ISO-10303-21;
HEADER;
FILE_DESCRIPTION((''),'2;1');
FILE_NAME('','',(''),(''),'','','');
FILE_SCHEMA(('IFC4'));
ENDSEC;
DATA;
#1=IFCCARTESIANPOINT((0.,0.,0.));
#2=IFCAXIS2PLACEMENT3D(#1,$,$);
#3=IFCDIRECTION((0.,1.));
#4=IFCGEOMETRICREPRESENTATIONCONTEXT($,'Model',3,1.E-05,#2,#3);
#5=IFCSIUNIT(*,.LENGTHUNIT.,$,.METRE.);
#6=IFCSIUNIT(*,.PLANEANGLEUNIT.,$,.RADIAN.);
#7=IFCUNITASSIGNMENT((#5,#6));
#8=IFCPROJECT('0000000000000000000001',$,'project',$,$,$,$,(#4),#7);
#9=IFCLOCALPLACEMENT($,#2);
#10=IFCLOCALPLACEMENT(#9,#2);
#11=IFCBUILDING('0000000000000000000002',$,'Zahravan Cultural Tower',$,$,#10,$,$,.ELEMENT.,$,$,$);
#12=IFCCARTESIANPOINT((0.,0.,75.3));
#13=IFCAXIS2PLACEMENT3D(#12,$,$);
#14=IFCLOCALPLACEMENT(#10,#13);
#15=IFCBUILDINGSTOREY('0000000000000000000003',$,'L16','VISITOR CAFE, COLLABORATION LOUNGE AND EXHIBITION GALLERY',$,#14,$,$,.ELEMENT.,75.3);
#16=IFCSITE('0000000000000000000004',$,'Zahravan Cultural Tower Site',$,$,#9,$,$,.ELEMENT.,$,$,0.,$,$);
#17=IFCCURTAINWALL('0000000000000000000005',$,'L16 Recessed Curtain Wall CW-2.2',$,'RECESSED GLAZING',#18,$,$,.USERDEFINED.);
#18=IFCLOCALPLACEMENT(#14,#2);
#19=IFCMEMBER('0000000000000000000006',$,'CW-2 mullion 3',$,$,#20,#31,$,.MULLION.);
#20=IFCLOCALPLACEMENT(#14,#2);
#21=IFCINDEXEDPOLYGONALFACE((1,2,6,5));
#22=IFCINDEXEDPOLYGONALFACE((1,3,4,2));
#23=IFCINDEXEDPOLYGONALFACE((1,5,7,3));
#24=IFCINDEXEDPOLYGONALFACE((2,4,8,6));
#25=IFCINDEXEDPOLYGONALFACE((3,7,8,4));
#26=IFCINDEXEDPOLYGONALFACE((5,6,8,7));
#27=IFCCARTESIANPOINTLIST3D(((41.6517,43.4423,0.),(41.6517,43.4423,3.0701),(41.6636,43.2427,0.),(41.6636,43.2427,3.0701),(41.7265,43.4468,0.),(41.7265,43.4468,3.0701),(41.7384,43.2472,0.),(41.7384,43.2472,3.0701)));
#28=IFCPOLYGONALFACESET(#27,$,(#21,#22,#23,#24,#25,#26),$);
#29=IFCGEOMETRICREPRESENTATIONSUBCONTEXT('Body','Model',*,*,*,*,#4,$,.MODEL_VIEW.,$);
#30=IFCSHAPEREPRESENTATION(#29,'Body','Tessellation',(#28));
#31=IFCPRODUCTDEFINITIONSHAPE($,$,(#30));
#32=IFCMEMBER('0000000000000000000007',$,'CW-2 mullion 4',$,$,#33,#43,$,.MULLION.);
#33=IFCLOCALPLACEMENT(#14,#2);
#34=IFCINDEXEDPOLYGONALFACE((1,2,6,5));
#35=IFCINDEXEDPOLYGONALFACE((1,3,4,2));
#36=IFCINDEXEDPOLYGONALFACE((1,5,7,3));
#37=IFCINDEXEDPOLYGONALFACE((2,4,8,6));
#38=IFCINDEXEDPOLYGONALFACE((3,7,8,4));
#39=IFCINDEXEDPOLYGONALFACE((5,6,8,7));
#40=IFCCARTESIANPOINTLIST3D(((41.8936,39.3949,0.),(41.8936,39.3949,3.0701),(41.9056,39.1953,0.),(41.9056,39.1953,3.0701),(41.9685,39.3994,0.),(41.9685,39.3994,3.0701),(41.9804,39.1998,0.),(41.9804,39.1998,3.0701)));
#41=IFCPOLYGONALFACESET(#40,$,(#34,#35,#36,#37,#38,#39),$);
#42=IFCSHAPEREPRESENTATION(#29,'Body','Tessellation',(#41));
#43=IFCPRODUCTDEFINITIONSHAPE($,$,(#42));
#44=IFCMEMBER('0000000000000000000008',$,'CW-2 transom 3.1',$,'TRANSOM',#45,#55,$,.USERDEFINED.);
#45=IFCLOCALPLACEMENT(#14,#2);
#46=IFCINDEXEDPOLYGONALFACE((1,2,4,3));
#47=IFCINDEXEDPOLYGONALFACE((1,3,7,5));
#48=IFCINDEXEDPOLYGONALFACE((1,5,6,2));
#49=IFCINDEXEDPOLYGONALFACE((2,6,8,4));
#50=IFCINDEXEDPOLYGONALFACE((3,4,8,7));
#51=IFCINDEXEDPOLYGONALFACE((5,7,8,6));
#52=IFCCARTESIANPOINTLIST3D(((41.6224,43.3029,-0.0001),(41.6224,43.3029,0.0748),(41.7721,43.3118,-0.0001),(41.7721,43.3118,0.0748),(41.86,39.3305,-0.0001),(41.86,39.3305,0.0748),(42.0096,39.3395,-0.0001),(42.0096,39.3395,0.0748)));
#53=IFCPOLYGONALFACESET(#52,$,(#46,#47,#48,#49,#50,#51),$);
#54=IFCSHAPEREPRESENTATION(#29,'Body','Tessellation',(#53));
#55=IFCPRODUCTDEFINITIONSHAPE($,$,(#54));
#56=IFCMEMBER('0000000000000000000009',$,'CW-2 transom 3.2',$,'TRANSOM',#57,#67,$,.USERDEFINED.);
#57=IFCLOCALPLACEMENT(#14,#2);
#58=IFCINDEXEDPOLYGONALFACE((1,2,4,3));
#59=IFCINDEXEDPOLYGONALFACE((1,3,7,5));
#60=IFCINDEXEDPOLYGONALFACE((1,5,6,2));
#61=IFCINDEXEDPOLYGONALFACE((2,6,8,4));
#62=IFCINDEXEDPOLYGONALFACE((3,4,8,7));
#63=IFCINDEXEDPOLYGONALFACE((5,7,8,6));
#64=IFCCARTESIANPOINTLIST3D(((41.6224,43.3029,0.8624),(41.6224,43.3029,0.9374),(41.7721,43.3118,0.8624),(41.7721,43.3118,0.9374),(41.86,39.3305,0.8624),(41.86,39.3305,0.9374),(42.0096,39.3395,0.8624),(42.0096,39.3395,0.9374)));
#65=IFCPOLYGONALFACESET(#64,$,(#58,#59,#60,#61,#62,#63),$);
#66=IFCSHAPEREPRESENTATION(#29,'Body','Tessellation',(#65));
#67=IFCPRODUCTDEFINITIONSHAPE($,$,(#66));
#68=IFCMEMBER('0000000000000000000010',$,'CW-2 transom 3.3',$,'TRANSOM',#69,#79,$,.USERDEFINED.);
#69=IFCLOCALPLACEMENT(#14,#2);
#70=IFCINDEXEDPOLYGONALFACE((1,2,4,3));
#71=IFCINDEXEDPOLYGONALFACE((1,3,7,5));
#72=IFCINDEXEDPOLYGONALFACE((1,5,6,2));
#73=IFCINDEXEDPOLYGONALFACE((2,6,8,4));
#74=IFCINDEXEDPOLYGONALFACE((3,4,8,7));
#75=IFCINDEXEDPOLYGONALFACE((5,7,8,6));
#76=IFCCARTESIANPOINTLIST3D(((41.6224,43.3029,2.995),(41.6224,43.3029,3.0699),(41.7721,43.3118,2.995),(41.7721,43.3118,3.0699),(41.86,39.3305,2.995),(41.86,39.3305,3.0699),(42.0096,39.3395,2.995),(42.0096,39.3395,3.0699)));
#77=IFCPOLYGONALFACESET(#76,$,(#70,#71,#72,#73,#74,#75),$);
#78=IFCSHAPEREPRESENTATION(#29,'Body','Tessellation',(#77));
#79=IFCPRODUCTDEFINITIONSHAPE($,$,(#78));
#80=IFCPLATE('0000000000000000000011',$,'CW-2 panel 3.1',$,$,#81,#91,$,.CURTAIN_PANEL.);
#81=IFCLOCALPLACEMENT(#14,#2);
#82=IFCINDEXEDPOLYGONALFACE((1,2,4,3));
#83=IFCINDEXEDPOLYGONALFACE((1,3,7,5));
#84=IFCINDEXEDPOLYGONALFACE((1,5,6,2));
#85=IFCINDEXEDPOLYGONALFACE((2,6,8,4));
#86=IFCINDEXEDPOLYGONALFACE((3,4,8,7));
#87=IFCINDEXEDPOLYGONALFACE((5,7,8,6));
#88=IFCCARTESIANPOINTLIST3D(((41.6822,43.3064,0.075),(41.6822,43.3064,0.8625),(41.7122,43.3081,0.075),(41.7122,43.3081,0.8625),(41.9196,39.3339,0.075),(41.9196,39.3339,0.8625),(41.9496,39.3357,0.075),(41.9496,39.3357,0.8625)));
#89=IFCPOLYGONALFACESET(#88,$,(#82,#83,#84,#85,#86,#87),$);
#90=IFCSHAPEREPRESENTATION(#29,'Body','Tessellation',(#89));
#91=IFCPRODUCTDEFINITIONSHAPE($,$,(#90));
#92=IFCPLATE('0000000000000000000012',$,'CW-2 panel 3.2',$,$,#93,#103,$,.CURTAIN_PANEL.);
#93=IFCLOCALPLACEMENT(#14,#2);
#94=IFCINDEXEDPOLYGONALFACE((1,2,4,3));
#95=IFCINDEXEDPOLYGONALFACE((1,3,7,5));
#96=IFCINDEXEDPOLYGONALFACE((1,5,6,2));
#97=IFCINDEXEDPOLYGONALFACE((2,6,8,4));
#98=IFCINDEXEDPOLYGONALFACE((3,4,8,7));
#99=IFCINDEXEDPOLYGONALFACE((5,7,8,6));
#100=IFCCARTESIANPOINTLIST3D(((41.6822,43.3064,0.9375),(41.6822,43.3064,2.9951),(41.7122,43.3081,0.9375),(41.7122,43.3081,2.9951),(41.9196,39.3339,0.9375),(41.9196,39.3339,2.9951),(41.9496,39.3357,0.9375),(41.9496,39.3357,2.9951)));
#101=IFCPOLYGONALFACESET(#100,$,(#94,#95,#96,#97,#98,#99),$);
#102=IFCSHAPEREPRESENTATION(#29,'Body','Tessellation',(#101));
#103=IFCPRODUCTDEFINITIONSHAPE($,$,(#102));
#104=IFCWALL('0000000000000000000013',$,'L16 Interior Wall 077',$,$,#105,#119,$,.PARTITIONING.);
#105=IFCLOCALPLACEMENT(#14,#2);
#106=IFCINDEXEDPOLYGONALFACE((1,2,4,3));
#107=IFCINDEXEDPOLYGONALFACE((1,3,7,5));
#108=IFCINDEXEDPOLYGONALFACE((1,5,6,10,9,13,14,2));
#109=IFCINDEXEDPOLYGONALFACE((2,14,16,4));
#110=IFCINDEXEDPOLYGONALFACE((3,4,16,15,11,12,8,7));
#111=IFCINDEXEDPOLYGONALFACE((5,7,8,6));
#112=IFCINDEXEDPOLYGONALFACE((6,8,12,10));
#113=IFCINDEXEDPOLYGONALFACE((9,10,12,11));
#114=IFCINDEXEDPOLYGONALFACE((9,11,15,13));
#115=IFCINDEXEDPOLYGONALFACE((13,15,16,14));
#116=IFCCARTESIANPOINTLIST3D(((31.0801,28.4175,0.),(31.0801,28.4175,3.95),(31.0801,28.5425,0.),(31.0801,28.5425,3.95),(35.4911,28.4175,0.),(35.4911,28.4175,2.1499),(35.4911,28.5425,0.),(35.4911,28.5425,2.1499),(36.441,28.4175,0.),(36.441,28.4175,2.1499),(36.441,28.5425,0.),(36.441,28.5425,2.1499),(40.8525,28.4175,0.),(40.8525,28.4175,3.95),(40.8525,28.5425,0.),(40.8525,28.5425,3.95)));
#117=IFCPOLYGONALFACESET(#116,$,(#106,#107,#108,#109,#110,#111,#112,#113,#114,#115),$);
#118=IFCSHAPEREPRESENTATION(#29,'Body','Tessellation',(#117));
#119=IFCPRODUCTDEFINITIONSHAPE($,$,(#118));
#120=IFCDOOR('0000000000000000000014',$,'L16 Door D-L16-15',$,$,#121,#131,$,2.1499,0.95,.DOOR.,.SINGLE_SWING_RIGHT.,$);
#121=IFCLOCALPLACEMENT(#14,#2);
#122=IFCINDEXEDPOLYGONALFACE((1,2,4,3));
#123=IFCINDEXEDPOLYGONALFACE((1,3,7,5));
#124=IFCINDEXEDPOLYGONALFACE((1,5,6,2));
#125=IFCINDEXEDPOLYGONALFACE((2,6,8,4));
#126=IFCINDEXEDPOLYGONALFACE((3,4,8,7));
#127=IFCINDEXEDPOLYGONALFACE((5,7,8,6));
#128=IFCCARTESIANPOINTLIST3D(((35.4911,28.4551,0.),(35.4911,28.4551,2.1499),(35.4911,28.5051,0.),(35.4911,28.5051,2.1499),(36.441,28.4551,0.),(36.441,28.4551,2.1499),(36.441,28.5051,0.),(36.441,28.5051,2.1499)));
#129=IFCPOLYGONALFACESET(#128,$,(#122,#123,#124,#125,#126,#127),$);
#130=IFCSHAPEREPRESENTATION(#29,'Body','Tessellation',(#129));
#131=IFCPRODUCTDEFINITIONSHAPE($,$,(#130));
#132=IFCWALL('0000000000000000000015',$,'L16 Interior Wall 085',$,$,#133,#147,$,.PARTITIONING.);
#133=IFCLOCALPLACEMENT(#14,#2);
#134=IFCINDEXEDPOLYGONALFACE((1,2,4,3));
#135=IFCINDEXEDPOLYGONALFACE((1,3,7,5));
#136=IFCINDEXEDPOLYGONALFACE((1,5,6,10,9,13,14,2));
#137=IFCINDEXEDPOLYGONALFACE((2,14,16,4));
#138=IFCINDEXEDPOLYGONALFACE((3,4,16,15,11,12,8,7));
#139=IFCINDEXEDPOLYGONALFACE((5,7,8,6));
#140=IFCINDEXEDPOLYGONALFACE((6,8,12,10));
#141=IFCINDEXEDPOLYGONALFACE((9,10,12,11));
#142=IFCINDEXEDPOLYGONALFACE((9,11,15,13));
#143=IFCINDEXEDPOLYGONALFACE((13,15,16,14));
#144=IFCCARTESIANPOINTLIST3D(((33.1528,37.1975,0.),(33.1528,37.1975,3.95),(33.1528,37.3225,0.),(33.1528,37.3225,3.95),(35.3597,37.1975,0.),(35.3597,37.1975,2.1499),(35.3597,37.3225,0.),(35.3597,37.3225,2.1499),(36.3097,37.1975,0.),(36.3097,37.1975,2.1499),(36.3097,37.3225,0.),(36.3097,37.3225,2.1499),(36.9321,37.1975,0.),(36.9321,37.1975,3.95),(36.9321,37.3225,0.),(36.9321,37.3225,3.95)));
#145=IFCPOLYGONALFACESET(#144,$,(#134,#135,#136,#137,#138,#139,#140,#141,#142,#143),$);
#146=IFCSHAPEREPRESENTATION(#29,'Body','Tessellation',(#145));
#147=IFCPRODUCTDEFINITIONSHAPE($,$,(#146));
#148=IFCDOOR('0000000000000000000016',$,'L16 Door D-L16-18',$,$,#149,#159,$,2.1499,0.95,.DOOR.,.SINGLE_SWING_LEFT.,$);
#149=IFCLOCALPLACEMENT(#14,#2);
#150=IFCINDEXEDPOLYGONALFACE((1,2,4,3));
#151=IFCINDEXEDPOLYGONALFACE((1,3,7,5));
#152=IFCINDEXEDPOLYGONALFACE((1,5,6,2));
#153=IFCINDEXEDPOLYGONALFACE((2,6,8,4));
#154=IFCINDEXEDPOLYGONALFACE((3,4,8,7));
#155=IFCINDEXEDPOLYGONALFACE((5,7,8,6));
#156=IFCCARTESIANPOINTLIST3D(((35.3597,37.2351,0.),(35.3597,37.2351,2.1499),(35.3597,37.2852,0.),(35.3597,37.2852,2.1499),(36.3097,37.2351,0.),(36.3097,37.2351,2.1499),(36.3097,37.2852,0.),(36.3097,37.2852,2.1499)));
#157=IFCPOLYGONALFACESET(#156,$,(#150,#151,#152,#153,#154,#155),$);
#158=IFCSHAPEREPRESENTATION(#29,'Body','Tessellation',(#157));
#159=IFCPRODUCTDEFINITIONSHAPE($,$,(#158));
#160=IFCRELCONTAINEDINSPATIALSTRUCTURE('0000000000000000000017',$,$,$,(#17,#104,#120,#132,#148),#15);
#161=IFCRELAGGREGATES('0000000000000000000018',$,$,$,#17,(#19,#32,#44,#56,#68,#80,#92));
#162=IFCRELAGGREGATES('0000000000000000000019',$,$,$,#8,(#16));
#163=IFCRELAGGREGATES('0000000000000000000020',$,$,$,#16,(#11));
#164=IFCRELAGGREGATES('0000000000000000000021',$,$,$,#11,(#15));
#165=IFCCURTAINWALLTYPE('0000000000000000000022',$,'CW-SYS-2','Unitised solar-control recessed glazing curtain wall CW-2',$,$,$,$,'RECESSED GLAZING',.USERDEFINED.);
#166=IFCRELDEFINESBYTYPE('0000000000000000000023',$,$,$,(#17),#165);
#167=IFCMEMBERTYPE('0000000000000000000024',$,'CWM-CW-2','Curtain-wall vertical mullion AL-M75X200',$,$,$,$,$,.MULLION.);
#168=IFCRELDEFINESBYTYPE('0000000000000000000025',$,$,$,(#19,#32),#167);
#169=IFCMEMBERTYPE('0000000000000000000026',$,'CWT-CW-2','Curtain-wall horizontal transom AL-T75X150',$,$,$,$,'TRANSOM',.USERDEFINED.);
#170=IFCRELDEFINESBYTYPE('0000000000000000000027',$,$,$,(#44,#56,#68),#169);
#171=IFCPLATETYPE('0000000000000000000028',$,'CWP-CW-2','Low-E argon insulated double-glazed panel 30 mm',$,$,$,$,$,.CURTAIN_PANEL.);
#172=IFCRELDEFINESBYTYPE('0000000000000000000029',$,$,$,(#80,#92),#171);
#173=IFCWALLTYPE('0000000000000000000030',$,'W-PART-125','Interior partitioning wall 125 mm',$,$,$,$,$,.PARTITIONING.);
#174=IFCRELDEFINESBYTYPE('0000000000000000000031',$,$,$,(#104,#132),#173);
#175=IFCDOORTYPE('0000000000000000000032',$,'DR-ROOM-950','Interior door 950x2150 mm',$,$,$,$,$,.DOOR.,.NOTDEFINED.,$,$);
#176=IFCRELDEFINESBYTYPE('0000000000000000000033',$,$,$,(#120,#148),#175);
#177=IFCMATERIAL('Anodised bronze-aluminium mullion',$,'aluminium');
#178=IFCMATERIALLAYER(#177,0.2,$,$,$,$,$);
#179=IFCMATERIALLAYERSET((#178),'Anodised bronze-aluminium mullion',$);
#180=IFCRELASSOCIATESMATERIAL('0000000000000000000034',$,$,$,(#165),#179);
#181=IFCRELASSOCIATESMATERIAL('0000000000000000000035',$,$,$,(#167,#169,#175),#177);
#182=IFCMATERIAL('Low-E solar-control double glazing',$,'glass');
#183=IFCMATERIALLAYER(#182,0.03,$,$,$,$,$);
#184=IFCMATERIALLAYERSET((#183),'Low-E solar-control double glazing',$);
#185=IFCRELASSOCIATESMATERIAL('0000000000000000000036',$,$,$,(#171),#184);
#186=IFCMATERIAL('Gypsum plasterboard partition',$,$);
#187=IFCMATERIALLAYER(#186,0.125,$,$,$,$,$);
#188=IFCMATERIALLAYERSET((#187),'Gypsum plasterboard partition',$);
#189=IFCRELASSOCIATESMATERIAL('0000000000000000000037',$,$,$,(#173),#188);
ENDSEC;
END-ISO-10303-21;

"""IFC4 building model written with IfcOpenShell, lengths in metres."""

from ifc_helpers import new_model, si_unit, direction, frame, frame_2d, origin, origin_2d, place, context, subcontext, project, spatial, rectangle, extrude, source, transform, mapped, material, layer, layer_set, material_profile, profile_set, type_object, element, fill, aggregate, save


model = new_model("IFC4")

# Units and contexts
model_context = context("Model", 3, precision=1e-05, world=origin(), true_north=direction((0.0, 1.0)))
body_context = subcontext(model_context, "Body", "Model", "MODEL_VIEW")
ifc_project = project(units=[si_unit("LENGTHUNIT", "METRE"), si_unit("PLANEANGLEUNIT", "RADIAN")], contexts=[model_context])

# Site, building, storey
site_placement = place(None, origin())
site = spatial("IfcSite", under=ifc_project, at=site_placement, Name="Zahravan Cultural Tower Site", CompositionType="ELEMENT", RefElevation=0.0)
building_placement = place(site_placement, origin())
building = spatial("IfcBuilding", under=site, at=building_placement, Name="Zahravan Cultural Tower", CompositionType="ELEMENT")
storey_placement = place(building_placement, frame((0.0, 0.0, 75.3)))
storey = spatial("IfcBuildingStorey", under=building, at=storey_placement, Name="L16", Description="VISITOR CAFE, COLLABORATION LOUNGE AND EXHIBITION GALLERY", CompositionType="ELEMENT", Elevation=75.3)

# Curtain wall, members, plates
ifc_material_1 = material(Name="Anodised bronze-aluminium mullion", Category="aluminium")
ifc_layer_1 = layer(ifc_material_1, 0.2)
ifc_layer_set_1 = layer_set([ifc_layer_1], Name="Anodised bronze-aluminium mullion")
curtain_wall_type = type_object("IfcCurtainWallType", Name="CW-SYS-2", Description="Unitised solar-control recessed glazing curtain wall CW-2", ElementType="RECESSED GLAZING", PredefinedType="USERDEFINED", material=ifc_layer_set_1)
curtain_wall_placement = place(storey_placement, origin())
curtain_wall = element("IfcCurtainWall", 1, at=curtain_wall_placement, inside=storey, type_object=curtain_wall_type, Name="L16 Recessed Curtain Wall CW-2.2", ObjectType="RECESSED GLAZING", PredefinedType="USERDEFINED")
ifc_material_profile_1 = material_profile(ifc_material_1, rectangle(XDim=0.075, YDim=0.2, at=origin_2d()), Name="AL-M75X200")
ifc_profile_set_1 = profile_set([ifc_material_profile_1], Name="Anodised bronze-aluminium mullion")
member_type_1 = type_object("IfcMemberType", Name="CWM-CW-2", Description="Curtain-wall vertical mullion AL-M75X200", PredefinedType="MULLION", material=ifc_profile_set_1)
shared_shape_1 = source(origin(), body_context, "Body", "SweptSolid", [
    extrude(rectangle(XDim=0.075, YDim=0.2, at=origin_2d()), origin(), (0.0, 0.0, 1.0), 3.0701),
])
member_1_placement = place(storey_placement, frame((41.6951, 43.3447, 0.0), z_axis=(0.0, 0.0, 1.0), x_axis=(0.998219, 0.059652, 0.0)))
member_1 = element("IfcMember", 2, at=member_1_placement, type_object=member_type_1, Name="CW-2 mullion 3", PredefinedType="MULLION", context=body_context, shape_type="MappedRepresentation", body=[
    mapped(shared_shape_1, transform((0.0, 0.0, 0.0), x_axis=(1.0, 0.0, 0.0), y_axis=(0.0, 1.0, 0.0), z_axis=(0.0, 0.0, 1.0), scale=1.0)),
])
member_2_placement = place(storey_placement, frame((41.937, 39.2974, 0.0), z_axis=(0.0, 0.0, 1.0), x_axis=(0.998219, 0.059652, 0.0)))
member_2 = element("IfcMember", 3, at=member_2_placement, type_object=member_type_1, Name="CW-2 mullion 4", PredefinedType="MULLION", context=body_context, shape_type="MappedRepresentation", body=[
    mapped(shared_shape_1, transform((0.0, 0.0, 0.0), x_axis=(1.0, 0.0, 0.0), y_axis=(0.0, 1.0, 0.0), z_axis=(0.0, 0.0, 1.0), scale=1.0)),
])
ifc_material_profile_2 = material_profile(ifc_material_1, rectangle(XDim=0.1499, YDim=0.075, at=origin_2d()), Name="AL-T75X150")
ifc_profile_set_2 = profile_set([ifc_material_profile_2], Name="Anodised bronze-aluminium mullion")
member_type_2 = type_object("IfcMemberType", Name="CWT-CW-2", Description="Curtain-wall horizontal transom AL-T75X150", ElementType="TRANSOM", PredefinedType="USERDEFINED", material=ifc_profile_set_2)
shared_shape_2 = source(origin(), body_context, "Body", "SweptSolid", [
    extrude(rectangle(XDim=0.1499, YDim=0.075, at=origin_2d()), origin(), (0.0, 0.0, 1.0), 3.9795),
])
member_3_placement = place(storey_placement, frame((41.6973, 43.3074, 0.0374), z_axis=(0.059693, -0.998217, 0.0), x_axis=(0.998217, 0.059693, 0.0)))
member_3 = element("IfcMember", 4, at=member_3_placement, type_object=member_type_2, Name="CW-2 transom 3.1", ObjectType="TRANSOM", PredefinedType="USERDEFINED", context=body_context, shape_type="MappedRepresentation", body=[
    mapped(shared_shape_2, transform((0.0, 0.0, 0.0), x_axis=(1.0, 0.0, 0.0), y_axis=(0.0, 1.0, 0.0), z_axis=(0.0, 0.0, 1.0), scale=1.0)),
])
member_4_placement = place(storey_placement, frame((41.6973, 43.3074, 0.8999), z_axis=(0.059693, -0.998217, 0.0), x_axis=(0.998217, 0.059693, 0.0)))
member_4 = element("IfcMember", 5, at=member_4_placement, type_object=member_type_2, Name="CW-2 transom 3.2", ObjectType="TRANSOM", PredefinedType="USERDEFINED", context=body_context, shape_type="MappedRepresentation", body=[
    mapped(shared_shape_2, transform((0.0, 0.0, 0.0), x_axis=(1.0, 0.0, 0.0), y_axis=(0.0, 1.0, 0.0), z_axis=(0.0, 0.0, 1.0), scale=1.0)),
])
member_5_placement = place(storey_placement, frame((41.6973, 43.3074, 3.0325), z_axis=(0.059693, -0.998217, 0.0), x_axis=(0.998217, 0.059693, 0.0)))
member_5 = element("IfcMember", 6, at=member_5_placement, type_object=member_type_2, Name="CW-2 transom 3.3", ObjectType="TRANSOM", PredefinedType="USERDEFINED", context=body_context, shape_type="MappedRepresentation", body=[
    mapped(shared_shape_2, transform((0.0, 0.0, 0.0), x_axis=(1.0, 0.0, 0.0), y_axis=(0.0, 1.0, 0.0), z_axis=(0.0, 0.0, 1.0), scale=1.0)),
])
ifc_material_2 = material(Name="Low-E solar-control double glazing", Category="glass")
ifc_layer_2 = layer(ifc_material_2, 0.03)
ifc_layer_set_2 = layer_set([ifc_layer_2], Name="Low-E solar-control double glazing")
plate_type = type_object("IfcPlateType", Name="CWP-CW-2", Description="Low-E argon insulated double-glazed panel 30 mm", PredefinedType="CURTAIN_PANEL", material=ifc_layer_set_2)
shared_shape_3 = source(origin(), body_context, "Body", "SweptSolid", [
    extrude(rectangle(XDim=3.9795, YDim=0.03, at=origin_2d()), origin(), (0.0, 0.0, 1.0), 0.7876),
])
plate_1_placement = place(storey_placement, frame((41.8159, 41.321, 0.075), z_axis=(0.0, 0.0, 1.0), x_axis=(0.059652, -0.998219, 0.0)))
plate_1 = element("IfcPlate", 7, at=plate_1_placement, type_object=plate_type, Name="CW-2 panel 3.1", PredefinedType="CURTAIN_PANEL", context=body_context, shape_type="MappedRepresentation", body=[
    mapped(shared_shape_3, transform((0.0, 0.0, 0.0), x_axis=(1.0, 0.0, 0.0), y_axis=(0.0, 1.0, 0.0), z_axis=(0.0, 0.0, 1.0), scale=1.0)),
])
shared_shape_4 = source(origin(), body_context, "Body", "SweptSolid", [
    extrude(rectangle(XDim=3.9795, YDim=0.03, at=origin_2d()), origin(), (0.0, 0.0, 1.0), 2.0576),
])
plate_2_placement = place(storey_placement, frame((41.8159, 41.321, 0.9375), z_axis=(0.0, 0.0, 1.0), x_axis=(0.059652, -0.998219, 0.0)))
plate_2 = element("IfcPlate", 8, at=plate_2_placement, type_object=plate_type, Name="CW-2 panel 3.2", PredefinedType="CURTAIN_PANEL", context=body_context, shape_type="MappedRepresentation", body=[
    mapped(shared_shape_4, transform((0.0, 0.0, 0.0), x_axis=(1.0, 0.0, 0.0), y_axis=(0.0, 1.0, 0.0), z_axis=(0.0, 0.0, 1.0), scale=1.0)),
])
aggregate(curtain_wall, [member_1, member_2, member_3, member_4, member_5, plate_1, plate_2])

# Walls, openings, doors
ifc_material_3 = material(Name="Gypsum plasterboard partition")
ifc_layer_3 = layer(ifc_material_3, 0.125)
ifc_layer_set_3 = layer_set([ifc_layer_3], Name="Gypsum plasterboard partition")
wall_type_1 = type_object("IfcWallType", Name="W-PART-125", Description="Interior partitioning wall 125 mm", PredefinedType="PARTITIONING", material=ifc_layer_set_3)
wall_1_placement = place(storey_placement, frame((40.8525, 28.48, 0.0), z_axis=(0.0, 0.0, 1.0), x_axis=(-1.0, 0.0, 0.0)))
wall_1 = element("IfcWall", 9, at=wall_1_placement, inside=storey, type_object=wall_type_1, Name="L16 Interior Wall 077", PredefinedType="PARTITIONING", context=body_context, shape_type="SweptSolid", body=[
    extrude(rectangle(XDim=9.7725, YDim=0.125, at=frame_2d((4.8862, 0.0))), origin(), (0.0, 0.0, 1.0), 3.95),
])
opening_1_placement = place(wall_1_placement, frame((4.4114, 0.0, 0.0)))
opening_1 = element("IfcOpeningElement", 10, at=opening_1_placement, cuts=wall_1, PredefinedType="OPENING", context=body_context, shape_type="SweptSolid", body=[
    extrude(rectangle(XDim=0.95, YDim=2.1499, at=frame_2d((0.4751, 1.075))), frame((0.0, 0.0725, 0.0), z_axis=(0.0, -1.0, 0.0), x_axis=(1.0, 0.0, 0.0)), (0.0, 0.0, 1.0), 0.145),
])
door_type = type_object("IfcDoorType", Name="DR-ROOM-950", Description="Interior door 950x2150 mm", OperationType="NOTDEFINED", PredefinedType="DOOR", material=ifc_material_1)
shared_shape_5 = source(origin(), body_context, "Body", "SweptSolid", [
    extrude(rectangle(XDim=0.95, YDim=2.1499, at=frame_2d((0.4751, 1.075))), frame((0.0, 0.0249, 0.0), z_axis=(0.0, -1.0, 0.0), x_axis=(1.0, 0.0, 0.0)), (0.0, 0.0, 1.0), 0.05),
])
door_1_placement = place(opening_1_placement, origin())
door_1 = element("IfcDoor", 11, at=door_1_placement, inside=storey, type_object=door_type, Name="L16 Door D-L16-15", OperationType="SINGLE_SWING_RIGHT", OverallHeight=2.1499, OverallWidth=0.95, PredefinedType="DOOR", context=body_context, shape_type="MappedRepresentation", body=[
    mapped(shared_shape_5, transform((0.0, 0.0, 0.0), x_axis=(1.0, 0.0, 0.0), y_axis=(0.0, 1.0, 0.0), z_axis=(0.0, 0.0, 1.0), scale=1.0)),
])
fill(opening_1, door_1)
wall_2_placement = place(storey_placement, frame((36.9321, 37.26, 0.0), z_axis=(0.0, 0.0, 1.0), x_axis=(-1.0, 0.0, 0.0)))
wall_2 = element("IfcWall", 12, at=wall_2_placement, inside=storey, type_object=wall_type_1, Name="L16 Interior Wall 085", PredefinedType="PARTITIONING", context=body_context, shape_type="SweptSolid", body=[
    extrude(rectangle(XDim=3.7793, YDim=0.125, at=frame_2d((1.8896, 0.0))), origin(), (0.0, 0.0, 1.0), 3.95),
])
opening_2_placement = place(wall_2_placement, frame((0.6223, 0.0, 0.0)))
opening_2 = element("IfcOpeningElement", 13, at=opening_2_placement, cuts=wall_2, PredefinedType="OPENING", context=body_context, shape_type="SweptSolid", body=[
    extrude(rectangle(XDim=0.95, YDim=2.1499, at=frame_2d((0.4751, 1.075))), frame((0.0, 0.0725, 0.0), z_axis=(0.0, -1.0, 0.0), x_axis=(1.0, 0.0, 0.0)), (0.0, 0.0, 1.0), 0.145),
])
door_2_placement = place(opening_2_placement, origin())
door_2 = element("IfcDoor", 14, at=door_2_placement, inside=storey, type_object=door_type, Name="L16 Door D-L16-18", OperationType="SINGLE_SWING_LEFT", OverallHeight=2.1499, OverallWidth=0.95, PredefinedType="DOOR", context=body_context, shape_type="MappedRepresentation", body=[
    mapped(shared_shape_5, transform((0.0, 0.0, 0.0), x_axis=(1.0, 0.0, 0.0), y_axis=(0.0, 1.0, 0.0), z_axis=(0.0, 0.0, 1.0), scale=1.0)),
])
fill(opening_2, door_2)

save(model, "model.ifc")
